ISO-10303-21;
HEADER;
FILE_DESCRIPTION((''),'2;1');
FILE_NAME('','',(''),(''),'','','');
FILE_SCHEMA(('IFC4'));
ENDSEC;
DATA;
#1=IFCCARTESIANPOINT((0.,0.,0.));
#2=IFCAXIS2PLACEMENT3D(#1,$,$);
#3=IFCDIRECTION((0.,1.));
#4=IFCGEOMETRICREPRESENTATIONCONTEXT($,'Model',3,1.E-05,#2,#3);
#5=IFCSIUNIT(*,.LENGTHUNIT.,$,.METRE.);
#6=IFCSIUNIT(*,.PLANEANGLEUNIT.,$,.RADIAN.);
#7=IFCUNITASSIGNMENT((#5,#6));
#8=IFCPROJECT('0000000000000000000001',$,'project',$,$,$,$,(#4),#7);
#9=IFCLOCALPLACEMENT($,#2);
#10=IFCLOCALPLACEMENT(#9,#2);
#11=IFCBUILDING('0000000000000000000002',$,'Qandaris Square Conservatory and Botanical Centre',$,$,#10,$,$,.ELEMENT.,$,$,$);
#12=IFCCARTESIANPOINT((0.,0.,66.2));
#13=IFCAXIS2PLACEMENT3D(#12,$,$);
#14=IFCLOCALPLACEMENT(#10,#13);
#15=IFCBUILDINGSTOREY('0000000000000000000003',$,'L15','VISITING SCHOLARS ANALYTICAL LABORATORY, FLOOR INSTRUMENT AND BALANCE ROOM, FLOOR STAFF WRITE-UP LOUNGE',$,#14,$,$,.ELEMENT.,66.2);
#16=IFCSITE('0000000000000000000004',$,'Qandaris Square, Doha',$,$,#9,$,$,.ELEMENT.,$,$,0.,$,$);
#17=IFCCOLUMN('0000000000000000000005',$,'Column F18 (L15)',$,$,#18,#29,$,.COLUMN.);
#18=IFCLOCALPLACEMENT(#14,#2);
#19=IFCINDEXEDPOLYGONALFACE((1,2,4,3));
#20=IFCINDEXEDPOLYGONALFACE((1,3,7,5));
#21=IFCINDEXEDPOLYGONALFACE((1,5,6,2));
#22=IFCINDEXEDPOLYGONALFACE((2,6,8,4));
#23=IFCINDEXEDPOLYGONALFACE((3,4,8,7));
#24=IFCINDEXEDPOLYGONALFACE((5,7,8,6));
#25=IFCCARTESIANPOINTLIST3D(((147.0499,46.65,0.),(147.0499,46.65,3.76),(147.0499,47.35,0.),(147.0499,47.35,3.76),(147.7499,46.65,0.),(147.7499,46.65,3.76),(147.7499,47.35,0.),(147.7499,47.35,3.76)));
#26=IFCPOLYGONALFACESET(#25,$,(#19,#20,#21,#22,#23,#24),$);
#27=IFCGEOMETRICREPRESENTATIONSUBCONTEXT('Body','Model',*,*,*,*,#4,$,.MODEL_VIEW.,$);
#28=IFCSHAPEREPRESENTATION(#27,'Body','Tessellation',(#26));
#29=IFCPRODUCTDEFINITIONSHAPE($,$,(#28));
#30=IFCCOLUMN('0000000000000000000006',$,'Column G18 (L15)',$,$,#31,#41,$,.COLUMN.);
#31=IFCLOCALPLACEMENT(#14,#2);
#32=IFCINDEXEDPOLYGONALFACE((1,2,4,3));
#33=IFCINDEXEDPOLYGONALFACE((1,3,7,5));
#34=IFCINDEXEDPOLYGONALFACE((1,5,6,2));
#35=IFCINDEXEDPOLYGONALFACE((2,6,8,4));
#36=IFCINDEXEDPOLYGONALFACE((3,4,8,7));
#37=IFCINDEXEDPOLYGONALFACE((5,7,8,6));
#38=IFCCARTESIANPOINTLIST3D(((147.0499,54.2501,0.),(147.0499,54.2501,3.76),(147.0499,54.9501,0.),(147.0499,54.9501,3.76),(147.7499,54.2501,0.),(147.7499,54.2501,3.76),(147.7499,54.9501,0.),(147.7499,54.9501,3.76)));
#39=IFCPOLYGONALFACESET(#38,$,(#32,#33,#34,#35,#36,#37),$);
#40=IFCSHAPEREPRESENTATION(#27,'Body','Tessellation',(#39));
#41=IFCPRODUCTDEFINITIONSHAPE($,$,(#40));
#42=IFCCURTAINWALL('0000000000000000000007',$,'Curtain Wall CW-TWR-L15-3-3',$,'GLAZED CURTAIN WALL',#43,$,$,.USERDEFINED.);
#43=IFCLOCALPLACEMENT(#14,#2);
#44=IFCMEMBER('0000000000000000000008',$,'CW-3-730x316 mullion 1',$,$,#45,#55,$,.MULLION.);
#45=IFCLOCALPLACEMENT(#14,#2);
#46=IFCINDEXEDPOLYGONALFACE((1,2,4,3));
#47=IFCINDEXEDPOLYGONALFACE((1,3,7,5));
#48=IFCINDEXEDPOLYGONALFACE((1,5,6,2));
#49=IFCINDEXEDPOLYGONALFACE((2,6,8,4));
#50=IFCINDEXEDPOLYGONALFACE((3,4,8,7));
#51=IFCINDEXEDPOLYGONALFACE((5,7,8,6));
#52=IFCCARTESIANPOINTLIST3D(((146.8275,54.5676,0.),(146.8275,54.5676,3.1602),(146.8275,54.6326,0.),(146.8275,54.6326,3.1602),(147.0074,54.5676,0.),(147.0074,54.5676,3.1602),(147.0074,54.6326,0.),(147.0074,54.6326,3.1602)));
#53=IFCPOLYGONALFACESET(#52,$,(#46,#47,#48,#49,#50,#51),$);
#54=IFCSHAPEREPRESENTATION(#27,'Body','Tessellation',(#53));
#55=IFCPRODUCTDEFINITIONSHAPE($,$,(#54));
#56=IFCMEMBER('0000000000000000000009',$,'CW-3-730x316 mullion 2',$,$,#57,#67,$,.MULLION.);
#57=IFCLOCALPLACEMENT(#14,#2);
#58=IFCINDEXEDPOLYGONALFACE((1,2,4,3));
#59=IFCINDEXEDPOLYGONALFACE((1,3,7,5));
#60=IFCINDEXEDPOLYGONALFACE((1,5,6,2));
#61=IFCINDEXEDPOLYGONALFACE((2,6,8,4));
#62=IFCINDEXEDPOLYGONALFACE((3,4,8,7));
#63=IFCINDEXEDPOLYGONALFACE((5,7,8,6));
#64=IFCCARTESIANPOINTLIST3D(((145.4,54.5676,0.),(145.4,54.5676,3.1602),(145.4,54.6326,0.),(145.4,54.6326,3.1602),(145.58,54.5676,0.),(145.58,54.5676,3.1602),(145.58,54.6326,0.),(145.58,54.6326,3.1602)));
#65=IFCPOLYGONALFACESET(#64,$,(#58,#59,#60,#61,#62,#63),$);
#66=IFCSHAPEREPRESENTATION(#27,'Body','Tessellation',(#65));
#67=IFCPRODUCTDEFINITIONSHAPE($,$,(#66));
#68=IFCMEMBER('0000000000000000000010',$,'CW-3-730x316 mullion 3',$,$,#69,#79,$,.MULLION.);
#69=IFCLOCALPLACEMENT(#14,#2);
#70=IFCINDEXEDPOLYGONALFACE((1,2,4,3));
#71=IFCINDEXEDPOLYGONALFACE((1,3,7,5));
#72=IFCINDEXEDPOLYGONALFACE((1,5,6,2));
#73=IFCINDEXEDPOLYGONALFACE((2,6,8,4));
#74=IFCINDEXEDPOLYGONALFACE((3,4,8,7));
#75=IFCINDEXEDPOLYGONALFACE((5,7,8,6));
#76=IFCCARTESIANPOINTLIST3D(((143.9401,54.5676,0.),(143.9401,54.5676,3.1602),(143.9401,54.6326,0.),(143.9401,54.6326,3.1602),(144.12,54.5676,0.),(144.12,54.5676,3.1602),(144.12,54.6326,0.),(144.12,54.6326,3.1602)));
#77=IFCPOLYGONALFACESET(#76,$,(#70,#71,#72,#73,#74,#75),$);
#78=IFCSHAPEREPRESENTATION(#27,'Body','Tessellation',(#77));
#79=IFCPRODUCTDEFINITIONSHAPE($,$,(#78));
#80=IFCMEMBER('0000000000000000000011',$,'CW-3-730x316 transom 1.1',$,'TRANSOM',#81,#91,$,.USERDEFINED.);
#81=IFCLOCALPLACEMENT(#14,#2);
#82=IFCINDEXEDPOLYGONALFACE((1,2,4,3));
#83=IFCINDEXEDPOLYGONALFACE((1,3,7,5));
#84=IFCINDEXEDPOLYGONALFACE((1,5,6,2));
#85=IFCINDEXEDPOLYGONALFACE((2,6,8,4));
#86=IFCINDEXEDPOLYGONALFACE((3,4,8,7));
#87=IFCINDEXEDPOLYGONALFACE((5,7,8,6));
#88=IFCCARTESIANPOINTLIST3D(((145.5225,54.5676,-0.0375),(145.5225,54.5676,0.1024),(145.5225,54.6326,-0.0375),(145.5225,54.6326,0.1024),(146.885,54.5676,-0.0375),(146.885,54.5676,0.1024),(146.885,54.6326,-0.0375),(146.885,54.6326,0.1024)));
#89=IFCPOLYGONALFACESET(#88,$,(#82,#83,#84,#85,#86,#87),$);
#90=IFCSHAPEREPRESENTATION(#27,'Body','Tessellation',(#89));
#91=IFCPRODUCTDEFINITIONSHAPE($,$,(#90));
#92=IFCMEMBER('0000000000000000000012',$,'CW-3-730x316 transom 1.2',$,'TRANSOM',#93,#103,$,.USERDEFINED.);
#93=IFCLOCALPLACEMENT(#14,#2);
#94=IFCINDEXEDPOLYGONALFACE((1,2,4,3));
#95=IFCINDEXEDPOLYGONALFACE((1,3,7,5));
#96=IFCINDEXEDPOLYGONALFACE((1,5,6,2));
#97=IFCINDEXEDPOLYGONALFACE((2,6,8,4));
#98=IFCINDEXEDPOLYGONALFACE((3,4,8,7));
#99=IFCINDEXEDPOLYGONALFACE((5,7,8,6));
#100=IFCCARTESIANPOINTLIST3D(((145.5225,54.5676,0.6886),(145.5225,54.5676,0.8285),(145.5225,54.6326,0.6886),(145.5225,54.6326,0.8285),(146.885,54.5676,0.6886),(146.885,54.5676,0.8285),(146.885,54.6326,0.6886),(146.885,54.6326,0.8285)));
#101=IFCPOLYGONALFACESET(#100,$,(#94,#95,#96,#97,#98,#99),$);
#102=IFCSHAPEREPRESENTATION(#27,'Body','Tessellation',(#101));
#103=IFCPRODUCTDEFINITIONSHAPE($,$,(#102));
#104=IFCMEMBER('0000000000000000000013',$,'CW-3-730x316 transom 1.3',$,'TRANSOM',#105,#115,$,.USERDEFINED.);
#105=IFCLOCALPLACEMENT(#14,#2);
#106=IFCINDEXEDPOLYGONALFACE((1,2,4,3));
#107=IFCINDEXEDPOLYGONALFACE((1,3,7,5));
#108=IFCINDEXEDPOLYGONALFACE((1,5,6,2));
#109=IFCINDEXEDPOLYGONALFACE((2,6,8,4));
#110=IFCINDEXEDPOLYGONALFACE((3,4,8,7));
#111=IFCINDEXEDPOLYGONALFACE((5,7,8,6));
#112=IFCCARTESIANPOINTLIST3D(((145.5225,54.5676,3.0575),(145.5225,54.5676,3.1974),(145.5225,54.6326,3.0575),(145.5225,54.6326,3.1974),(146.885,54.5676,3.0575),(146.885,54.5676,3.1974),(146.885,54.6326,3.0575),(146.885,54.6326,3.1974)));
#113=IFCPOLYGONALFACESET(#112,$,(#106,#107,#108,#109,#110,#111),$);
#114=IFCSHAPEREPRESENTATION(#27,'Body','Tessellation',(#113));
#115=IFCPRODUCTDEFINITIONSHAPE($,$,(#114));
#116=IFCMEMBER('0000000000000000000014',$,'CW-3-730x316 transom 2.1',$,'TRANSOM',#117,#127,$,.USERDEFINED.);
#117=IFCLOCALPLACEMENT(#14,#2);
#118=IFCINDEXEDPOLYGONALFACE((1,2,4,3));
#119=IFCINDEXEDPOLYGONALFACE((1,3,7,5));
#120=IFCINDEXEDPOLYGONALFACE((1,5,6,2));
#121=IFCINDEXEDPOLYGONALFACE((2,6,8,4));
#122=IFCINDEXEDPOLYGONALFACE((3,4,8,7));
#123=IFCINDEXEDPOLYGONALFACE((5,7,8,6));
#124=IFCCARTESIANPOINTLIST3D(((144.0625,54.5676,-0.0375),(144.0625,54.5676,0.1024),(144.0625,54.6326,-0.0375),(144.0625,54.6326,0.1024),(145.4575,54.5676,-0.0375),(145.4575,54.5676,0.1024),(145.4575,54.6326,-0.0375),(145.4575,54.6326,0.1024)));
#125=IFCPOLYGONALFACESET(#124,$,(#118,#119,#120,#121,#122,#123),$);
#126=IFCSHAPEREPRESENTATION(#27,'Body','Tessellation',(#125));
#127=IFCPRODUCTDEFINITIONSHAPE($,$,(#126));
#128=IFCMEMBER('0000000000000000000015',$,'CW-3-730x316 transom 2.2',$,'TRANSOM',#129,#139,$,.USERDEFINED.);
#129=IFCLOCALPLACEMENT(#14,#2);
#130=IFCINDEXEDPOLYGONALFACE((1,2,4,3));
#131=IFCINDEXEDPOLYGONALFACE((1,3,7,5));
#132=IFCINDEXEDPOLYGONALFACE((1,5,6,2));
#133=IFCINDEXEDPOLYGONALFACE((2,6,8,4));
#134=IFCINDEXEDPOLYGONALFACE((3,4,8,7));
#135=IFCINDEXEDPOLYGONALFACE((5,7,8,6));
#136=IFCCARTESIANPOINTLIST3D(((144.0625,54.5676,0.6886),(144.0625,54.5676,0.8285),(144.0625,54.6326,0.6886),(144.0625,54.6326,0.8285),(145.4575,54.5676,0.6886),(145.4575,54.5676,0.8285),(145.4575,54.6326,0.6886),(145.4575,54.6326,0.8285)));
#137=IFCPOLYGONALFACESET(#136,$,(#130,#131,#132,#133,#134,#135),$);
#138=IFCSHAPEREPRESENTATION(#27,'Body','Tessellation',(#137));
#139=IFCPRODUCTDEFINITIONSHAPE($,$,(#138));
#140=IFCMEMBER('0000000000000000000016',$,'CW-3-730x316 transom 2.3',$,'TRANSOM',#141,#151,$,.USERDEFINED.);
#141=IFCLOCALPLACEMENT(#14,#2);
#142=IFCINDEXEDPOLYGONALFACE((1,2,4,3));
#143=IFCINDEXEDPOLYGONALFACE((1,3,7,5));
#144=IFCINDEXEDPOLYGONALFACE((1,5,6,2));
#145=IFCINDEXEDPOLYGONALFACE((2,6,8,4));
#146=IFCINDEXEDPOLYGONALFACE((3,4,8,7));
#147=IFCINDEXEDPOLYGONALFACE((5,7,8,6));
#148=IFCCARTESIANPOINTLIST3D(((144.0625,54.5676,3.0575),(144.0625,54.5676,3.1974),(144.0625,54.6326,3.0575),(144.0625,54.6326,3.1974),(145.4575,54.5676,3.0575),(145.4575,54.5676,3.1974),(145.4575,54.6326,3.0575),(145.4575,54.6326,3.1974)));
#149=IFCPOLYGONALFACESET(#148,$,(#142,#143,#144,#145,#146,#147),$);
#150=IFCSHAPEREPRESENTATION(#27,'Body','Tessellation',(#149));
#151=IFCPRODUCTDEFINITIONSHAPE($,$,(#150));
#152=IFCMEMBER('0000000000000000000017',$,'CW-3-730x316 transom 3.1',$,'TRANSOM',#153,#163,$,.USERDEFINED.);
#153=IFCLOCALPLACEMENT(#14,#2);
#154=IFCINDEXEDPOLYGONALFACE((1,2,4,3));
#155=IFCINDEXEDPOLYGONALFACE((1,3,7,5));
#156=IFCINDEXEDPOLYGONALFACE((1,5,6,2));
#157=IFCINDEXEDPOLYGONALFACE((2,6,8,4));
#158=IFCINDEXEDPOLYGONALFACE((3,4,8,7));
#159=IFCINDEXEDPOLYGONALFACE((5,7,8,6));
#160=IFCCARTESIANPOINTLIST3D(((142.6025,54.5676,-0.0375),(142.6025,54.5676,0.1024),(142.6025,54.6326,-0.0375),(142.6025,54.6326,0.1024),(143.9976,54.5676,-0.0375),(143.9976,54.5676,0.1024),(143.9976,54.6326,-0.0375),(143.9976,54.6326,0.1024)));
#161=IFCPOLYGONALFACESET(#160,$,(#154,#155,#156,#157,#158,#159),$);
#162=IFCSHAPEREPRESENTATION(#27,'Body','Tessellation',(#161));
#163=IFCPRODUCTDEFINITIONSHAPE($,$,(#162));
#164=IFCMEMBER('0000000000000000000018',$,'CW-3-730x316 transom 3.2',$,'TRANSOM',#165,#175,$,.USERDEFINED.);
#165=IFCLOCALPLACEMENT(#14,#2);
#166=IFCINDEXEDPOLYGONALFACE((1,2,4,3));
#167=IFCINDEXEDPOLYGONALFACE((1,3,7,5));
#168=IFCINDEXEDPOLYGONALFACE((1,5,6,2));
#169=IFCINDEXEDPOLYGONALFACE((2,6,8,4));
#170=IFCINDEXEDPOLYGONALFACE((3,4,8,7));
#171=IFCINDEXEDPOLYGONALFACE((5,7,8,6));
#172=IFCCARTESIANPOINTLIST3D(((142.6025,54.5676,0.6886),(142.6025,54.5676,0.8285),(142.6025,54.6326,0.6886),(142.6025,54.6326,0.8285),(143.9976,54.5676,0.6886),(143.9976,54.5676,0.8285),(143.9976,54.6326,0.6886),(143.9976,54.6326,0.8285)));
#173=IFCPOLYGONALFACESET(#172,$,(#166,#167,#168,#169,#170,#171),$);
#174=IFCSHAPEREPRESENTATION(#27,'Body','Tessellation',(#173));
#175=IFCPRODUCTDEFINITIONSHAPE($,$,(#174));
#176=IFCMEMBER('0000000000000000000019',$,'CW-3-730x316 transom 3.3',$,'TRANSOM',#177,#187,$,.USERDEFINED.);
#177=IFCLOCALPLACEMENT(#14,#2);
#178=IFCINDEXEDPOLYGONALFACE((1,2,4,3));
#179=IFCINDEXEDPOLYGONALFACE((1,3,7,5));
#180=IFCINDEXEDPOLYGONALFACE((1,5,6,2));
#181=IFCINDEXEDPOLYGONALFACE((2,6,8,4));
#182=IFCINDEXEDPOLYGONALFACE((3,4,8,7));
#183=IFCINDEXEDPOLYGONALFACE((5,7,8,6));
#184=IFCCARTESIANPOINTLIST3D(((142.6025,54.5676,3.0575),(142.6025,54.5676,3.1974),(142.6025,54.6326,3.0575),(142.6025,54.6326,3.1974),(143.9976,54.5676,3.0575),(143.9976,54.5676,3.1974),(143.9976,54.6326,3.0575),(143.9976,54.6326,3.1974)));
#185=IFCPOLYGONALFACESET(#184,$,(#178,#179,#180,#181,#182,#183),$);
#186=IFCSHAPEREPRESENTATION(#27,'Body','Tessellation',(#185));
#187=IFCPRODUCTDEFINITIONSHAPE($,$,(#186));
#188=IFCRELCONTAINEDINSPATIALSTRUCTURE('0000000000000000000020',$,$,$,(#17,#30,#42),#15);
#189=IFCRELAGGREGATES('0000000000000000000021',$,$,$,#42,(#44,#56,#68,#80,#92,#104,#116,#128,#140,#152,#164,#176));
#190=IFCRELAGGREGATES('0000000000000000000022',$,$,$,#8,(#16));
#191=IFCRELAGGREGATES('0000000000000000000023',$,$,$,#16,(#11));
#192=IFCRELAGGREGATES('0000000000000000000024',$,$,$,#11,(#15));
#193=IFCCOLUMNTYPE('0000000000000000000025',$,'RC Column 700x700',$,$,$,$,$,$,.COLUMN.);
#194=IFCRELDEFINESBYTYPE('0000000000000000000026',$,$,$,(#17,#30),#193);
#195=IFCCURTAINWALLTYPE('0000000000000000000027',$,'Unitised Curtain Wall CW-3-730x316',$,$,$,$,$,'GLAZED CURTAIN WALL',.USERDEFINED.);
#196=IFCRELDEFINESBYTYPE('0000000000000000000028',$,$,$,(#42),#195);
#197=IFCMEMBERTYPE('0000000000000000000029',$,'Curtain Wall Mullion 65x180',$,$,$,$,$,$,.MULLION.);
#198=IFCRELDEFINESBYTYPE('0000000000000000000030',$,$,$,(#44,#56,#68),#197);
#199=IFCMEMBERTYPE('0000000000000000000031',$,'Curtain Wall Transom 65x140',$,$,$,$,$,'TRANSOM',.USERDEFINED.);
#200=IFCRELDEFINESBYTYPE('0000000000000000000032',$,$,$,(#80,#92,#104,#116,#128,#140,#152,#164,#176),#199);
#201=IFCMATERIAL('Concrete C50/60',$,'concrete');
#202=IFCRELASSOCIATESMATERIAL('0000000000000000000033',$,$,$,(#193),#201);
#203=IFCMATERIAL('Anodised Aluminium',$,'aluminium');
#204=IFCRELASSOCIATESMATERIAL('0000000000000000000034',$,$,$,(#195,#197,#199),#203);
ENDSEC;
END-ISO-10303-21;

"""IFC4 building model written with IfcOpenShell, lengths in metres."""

from ifc_helpers import new_model, si_unit, direction, frame, origin, origin_2d, place, context, subcontext, project, spatial, rectangle, extrude, material, material_profile, profile_set, type_object, element, aggregate, save


model = new_model("IFC4")

# Units and contexts
model_context = context("Model", 3, precision=1e-05, world=origin(), true_north=direction((0.0, 1.0)))
body_context = subcontext(model_context, "Body", "Model", "MODEL_VIEW")
ifc_project = project(units=[si_unit("LENGTHUNIT", "METRE"), si_unit("PLANEANGLEUNIT", "RADIAN")], contexts=[model_context])

# Site, building, storey
site_placement = place(None, origin())
site = spatial("IfcSite", under=ifc_project, at=site_placement, Name="Qandaris Square, Doha", CompositionType="ELEMENT", RefElevation=0.0)
building_placement = place(site_placement, origin())
building = spatial("IfcBuilding", under=site, at=building_placement, Name="Qandaris Square Conservatory and Botanical Centre", CompositionType="ELEMENT")
storey_placement = place(building_placement, frame((0.0, 0.0, 66.2)))
storey = spatial("IfcBuildingStorey", under=building, at=storey_placement, Name="L15", Description="VISITING SCHOLARS ANALYTICAL LABORATORY, FLOOR INSTRUMENT AND BALANCE ROOM, FLOOR STAFF WRITE-UP LOUNGE", CompositionType="ELEMENT", Elevation=66.2)

# Columns
ifc_material_1 = material(Name="Concrete C50/60", Category="concrete")
ifc_material_profile_1 = material_profile(ifc_material_1, rectangle(XDim=0.7, YDim=0.7, at=origin_2d()), Name="RC-COL 700x700")
ifc_profile_set_1 = profile_set([ifc_material_profile_1], Name="Concrete C50/60")
column_type = type_object("IfcColumnType", Name="RC Column 700x700", PredefinedType="COLUMN", material=ifc_profile_set_1)
for number, where, z_axis, x_axis, name in (
    (1, (147.3999, 47.0, 0.0), (0.0, 0.0, 1.0), (1.0, 0.0, 0.0), "Column F18 (L15)"),
    (2, (147.3999, 54.6001, 0.0), (0.0, 0.0, 1.0), (1.0, 0.0, 0.0), "Column G18 (L15)"),
):
    element("IfcColumn", number, at=place(storey_placement, frame(where, z_axis=z_axis, x_axis=x_axis)), inside=storey, type_object=column_type, Name=name, PredefinedType="COLUMN", context=body_context, shape_type="SweptSolid", body=[
        extrude(rectangle(XDim=0.7, YDim=0.7, at=origin_2d()), origin(), (0.0, 0.0, 1.0), 3.76),
    ])

# Curtain wall, members
ifc_material_2 = material(Name="Anodised Aluminium", Category="aluminium")
curtain_wall_type = type_object("IfcCurtainWallType", Name="Unitised Curtain Wall CW-3-730x316", ElementType="GLAZED CURTAIN WALL", PredefinedType="USERDEFINED", material=ifc_material_2)
curtain_wall_placement = place(storey_placement, origin())
curtain_wall = element("IfcCurtainWall", 3, at=curtain_wall_placement, inside=storey, type_object=curtain_wall_type, Name="Curtain Wall CW-TWR-L15-3-3", ObjectType="GLAZED CURTAIN WALL", PredefinedType="USERDEFINED")
ifc_material_profile_2 = material_profile(ifc_material_2, rectangle(XDim=0.0649, YDim=0.1799, at=origin_2d()), Name="ALU-MUL 65x180")
ifc_profile_set_2 = profile_set([ifc_material_profile_2], Name="Anodised Aluminium")
member_type_1 = type_object("IfcMemberType", Name="Curtain Wall Mullion 65x180", PredefinedType="MULLION", material=ifc_profile_set_2)
member_1_placement = place(storey_placement, frame((146.9175, 54.6001, 0.0), z_axis=(0.0, 0.0, 1.0), x_axis=(0.0, -1.0, 0.0)))
member_1 = element("IfcMember", 4, at=member_1_placement, type_object=member_type_1, Name="CW-3-730x316 mullion 1", PredefinedType="MULLION", context=body_context, shape_type="SweptSolid", body=[
    extrude(rectangle(XDim=0.0649, YDim=0.1799, at=origin_2d()), origin(), (0.0, 0.0, 1.0), 3.1602),
])
member_2_placement = place(storey_placement, frame((145.49, 54.6001, 0.0), z_axis=(0.0, 0.0, 1.0), x_axis=(0.0, -1.0, 0.0)))
member_2 = element("IfcMember", 5, at=member_2_placement, type_object=member_type_1, Name="CW-3-730x316 mullion 2", PredefinedType="MULLION", context=body_context, shape_type="SweptSolid", body=[
    extrude(rectangle(XDim=0.0649, YDim=0.1799, at=origin_2d()), origin(), (0.0, 0.0, 1.0), 3.1602),
])
member_3_placement = place(storey_placement, frame((144.03, 54.6001, 0.0), z_axis=(0.0, 0.0, 1.0), x_axis=(0.0, -1.0, 0.0)))
member_3 = element("IfcMember", 6, at=member_3_placement, type_object=member_type_1, Name="CW-3-730x316 mullion 3", PredefinedType="MULLION", context=body_context, shape_type="SweptSolid", body=[
    extrude(rectangle(XDim=0.0649, YDim=0.1799, at=origin_2d()), origin(), (0.0, 0.0, 1.0), 3.1602),
])
ifc_material_profile_3 = material_profile(ifc_material_2, rectangle(XDim=0.0649, YDim=0.1399, at=origin_2d()), Name="ALU-TRN 65x140")
ifc_profile_set_3 = profile_set([ifc_material_profile_3], Name="Anodised Aluminium")
member_type_2 = type_object("IfcMemberType", Name="Curtain Wall Transom 65x140", ElementType="TRANSOM", PredefinedType="USERDEFINED", material=ifc_profile_set_3)
member_4_placement = place(storey_placement, frame((146.885, 54.6001, 0.0325), z_axis=(-1.0, 0.0, 0.0), x_axis=(0.0, -1.0, 0.0)))
member_4 = element("IfcMember", 7, at=member_4_placement, type_object=member_type_2, Name="CW-3-730x316 transom 1.1", ObjectType="TRANSOM", PredefinedType="USERDEFINED", context=body_context, shape_type="SweptSolid", body=[
    extrude(rectangle(XDim=0.0649, YDim=0.1399, at=origin_2d()), origin(), (0.0, 0.0, 1.0), 1.3625),
])
member_5_placement = place(storey_placement, frame((146.885, 54.6001, 0.7585), z_axis=(-1.0, 0.0, 0.0), x_axis=(0.0, -1.0, 0.0)))
member_5 = element("IfcMember", 8, at=member_5_placement, type_object=member_type_2, Name="CW-3-730x316 transom 1.2", ObjectType="TRANSOM", PredefinedType="USERDEFINED", context=body_context, shape_type="SweptSolid", body=[
    extrude(rectangle(XDim=0.0649, YDim=0.1399, at=origin_2d()), origin(), (0.0, 0.0, 1.0), 1.3625),
])
member_6_placement = place(storey_placement, frame((146.885, 54.6001, 3.1274), z_axis=(-1.0, 0.0, 0.0), x_axis=(0.0, -1.0, 0.0)))
member_6 = element("IfcMember", 9, at=member_6_placement, type_object=member_type_2, Name="CW-3-730x316 transom 1.3", ObjectType="TRANSOM", PredefinedType="USERDEFINED", context=body_context, shape_type="SweptSolid", body=[
    extrude(rectangle(XDim=0.0649, YDim=0.1399, at=origin_2d()), origin(), (0.0, 0.0, 1.0), 1.3625),
])
member_7_placement = place(storey_placement, frame((145.4575, 54.6001, 0.0325), z_axis=(-1.0, 0.0, 0.0), x_axis=(0.0, -1.0, 0.0)))
member_7 = element("IfcMember", 10, at=member_7_placement, type_object=member_type_2, Name="CW-3-730x316 transom 2.1", ObjectType="TRANSOM", PredefinedType="USERDEFINED", context=body_context, shape_type="SweptSolid", body=[
    extrude(rectangle(XDim=0.0649, YDim=0.1399, at=origin_2d()), origin(), (0.0, 0.0, 1.0), 1.395),
])
member_8_placement = place(storey_placement, frame((145.4575, 54.6001, 0.7585), z_axis=(-1.0, 0.0, 0.0), x_axis=(0.0, -1.0, 0.0)))
member_8 = element("IfcMember", 11, at=member_8_placement, type_object=member_type_2, Name="CW-3-730x316 transom 2.2", ObjectType="TRANSOM", PredefinedType="USERDEFINED", context=body_context, shape_type="SweptSolid", body=[
    extrude(rectangle(XDim=0.0649, YDim=0.1399, at=origin_2d()), origin(), (0.0, 0.0, 1.0), 1.395),
])
member_9_placement = place(storey_placement, frame((145.4575, 54.6001, 3.1274), z_axis=(-1.0, 0.0, 0.0), x_axis=(0.0, -1.0, 0.0)))
member_9 = element("IfcMember", 12, at=member_9_placement, type_object=member_type_2, Name="CW-3-730x316 transom 2.3", ObjectType="TRANSOM", PredefinedType="USERDEFINED", context=body_context, shape_type="SweptSolid", body=[
    extrude(rectangle(XDim=0.0649, YDim=0.1399, at=origin_2d()), origin(), (0.0, 0.0, 1.0), 1.395),
])
member_10_placement = place(storey_placement, frame((143.9976, 54.6001, 0.0325), z_axis=(-1.0, 0.0, 0.0), x_axis=(0.0, -1.0, 0.0)))
member_10 = element("IfcMember", 13, at=member_10_placement, type_object=member_type_2, Name="CW-3-730x316 transom 3.1", ObjectType="TRANSOM", PredefinedType="USERDEFINED", context=body_context, shape_type="SweptSolid", body=[
    extrude(rectangle(XDim=0.0649, YDim=0.1399, at=origin_2d()), origin(), (0.0, 0.0, 1.0), 1.395),
])
member_11_placement = place(storey_placement, frame((143.9976, 54.6001, 0.7585), z_axis=(-1.0, 0.0, 0.0), x_axis=(0.0, -1.0, 0.0)))
member_11 = element("IfcMember", 14, at=member_11_placement, type_object=member_type_2, Name="CW-3-730x316 transom 3.2", ObjectType="TRANSOM", PredefinedType="USERDEFINED", context=body_context, shape_type="SweptSolid", body=[
    extrude(rectangle(XDim=0.0649, YDim=0.1399, at=origin_2d()), origin(), (0.0, 0.0, 1.0), 1.395),
])
member_12_placement = place(storey_placement, frame((143.9976, 54.6001, 3.1274), z_axis=(-1.0, 0.0, 0.0), x_axis=(0.0, -1.0, 0.0)))
member_12 = element("IfcMember", 15, at=member_12_placement, type_object=member_type_2, Name="CW-3-730x316 transom 3.3", ObjectType="TRANSOM", PredefinedType="USERDEFINED", context=body_context, shape_type="SweptSolid", body=[
    extrude(rectangle(XDim=0.0649, YDim=0.1399, at=origin_2d()), origin(), (0.0, 0.0, 1.0), 1.395),
])

aggregate(curtain_wall, [member_1, member_2, member_3, member_4, member_5, member_6, member_7, member_8, member_9, member_10, member_11, member_12])

save(model, "model.ifc")
